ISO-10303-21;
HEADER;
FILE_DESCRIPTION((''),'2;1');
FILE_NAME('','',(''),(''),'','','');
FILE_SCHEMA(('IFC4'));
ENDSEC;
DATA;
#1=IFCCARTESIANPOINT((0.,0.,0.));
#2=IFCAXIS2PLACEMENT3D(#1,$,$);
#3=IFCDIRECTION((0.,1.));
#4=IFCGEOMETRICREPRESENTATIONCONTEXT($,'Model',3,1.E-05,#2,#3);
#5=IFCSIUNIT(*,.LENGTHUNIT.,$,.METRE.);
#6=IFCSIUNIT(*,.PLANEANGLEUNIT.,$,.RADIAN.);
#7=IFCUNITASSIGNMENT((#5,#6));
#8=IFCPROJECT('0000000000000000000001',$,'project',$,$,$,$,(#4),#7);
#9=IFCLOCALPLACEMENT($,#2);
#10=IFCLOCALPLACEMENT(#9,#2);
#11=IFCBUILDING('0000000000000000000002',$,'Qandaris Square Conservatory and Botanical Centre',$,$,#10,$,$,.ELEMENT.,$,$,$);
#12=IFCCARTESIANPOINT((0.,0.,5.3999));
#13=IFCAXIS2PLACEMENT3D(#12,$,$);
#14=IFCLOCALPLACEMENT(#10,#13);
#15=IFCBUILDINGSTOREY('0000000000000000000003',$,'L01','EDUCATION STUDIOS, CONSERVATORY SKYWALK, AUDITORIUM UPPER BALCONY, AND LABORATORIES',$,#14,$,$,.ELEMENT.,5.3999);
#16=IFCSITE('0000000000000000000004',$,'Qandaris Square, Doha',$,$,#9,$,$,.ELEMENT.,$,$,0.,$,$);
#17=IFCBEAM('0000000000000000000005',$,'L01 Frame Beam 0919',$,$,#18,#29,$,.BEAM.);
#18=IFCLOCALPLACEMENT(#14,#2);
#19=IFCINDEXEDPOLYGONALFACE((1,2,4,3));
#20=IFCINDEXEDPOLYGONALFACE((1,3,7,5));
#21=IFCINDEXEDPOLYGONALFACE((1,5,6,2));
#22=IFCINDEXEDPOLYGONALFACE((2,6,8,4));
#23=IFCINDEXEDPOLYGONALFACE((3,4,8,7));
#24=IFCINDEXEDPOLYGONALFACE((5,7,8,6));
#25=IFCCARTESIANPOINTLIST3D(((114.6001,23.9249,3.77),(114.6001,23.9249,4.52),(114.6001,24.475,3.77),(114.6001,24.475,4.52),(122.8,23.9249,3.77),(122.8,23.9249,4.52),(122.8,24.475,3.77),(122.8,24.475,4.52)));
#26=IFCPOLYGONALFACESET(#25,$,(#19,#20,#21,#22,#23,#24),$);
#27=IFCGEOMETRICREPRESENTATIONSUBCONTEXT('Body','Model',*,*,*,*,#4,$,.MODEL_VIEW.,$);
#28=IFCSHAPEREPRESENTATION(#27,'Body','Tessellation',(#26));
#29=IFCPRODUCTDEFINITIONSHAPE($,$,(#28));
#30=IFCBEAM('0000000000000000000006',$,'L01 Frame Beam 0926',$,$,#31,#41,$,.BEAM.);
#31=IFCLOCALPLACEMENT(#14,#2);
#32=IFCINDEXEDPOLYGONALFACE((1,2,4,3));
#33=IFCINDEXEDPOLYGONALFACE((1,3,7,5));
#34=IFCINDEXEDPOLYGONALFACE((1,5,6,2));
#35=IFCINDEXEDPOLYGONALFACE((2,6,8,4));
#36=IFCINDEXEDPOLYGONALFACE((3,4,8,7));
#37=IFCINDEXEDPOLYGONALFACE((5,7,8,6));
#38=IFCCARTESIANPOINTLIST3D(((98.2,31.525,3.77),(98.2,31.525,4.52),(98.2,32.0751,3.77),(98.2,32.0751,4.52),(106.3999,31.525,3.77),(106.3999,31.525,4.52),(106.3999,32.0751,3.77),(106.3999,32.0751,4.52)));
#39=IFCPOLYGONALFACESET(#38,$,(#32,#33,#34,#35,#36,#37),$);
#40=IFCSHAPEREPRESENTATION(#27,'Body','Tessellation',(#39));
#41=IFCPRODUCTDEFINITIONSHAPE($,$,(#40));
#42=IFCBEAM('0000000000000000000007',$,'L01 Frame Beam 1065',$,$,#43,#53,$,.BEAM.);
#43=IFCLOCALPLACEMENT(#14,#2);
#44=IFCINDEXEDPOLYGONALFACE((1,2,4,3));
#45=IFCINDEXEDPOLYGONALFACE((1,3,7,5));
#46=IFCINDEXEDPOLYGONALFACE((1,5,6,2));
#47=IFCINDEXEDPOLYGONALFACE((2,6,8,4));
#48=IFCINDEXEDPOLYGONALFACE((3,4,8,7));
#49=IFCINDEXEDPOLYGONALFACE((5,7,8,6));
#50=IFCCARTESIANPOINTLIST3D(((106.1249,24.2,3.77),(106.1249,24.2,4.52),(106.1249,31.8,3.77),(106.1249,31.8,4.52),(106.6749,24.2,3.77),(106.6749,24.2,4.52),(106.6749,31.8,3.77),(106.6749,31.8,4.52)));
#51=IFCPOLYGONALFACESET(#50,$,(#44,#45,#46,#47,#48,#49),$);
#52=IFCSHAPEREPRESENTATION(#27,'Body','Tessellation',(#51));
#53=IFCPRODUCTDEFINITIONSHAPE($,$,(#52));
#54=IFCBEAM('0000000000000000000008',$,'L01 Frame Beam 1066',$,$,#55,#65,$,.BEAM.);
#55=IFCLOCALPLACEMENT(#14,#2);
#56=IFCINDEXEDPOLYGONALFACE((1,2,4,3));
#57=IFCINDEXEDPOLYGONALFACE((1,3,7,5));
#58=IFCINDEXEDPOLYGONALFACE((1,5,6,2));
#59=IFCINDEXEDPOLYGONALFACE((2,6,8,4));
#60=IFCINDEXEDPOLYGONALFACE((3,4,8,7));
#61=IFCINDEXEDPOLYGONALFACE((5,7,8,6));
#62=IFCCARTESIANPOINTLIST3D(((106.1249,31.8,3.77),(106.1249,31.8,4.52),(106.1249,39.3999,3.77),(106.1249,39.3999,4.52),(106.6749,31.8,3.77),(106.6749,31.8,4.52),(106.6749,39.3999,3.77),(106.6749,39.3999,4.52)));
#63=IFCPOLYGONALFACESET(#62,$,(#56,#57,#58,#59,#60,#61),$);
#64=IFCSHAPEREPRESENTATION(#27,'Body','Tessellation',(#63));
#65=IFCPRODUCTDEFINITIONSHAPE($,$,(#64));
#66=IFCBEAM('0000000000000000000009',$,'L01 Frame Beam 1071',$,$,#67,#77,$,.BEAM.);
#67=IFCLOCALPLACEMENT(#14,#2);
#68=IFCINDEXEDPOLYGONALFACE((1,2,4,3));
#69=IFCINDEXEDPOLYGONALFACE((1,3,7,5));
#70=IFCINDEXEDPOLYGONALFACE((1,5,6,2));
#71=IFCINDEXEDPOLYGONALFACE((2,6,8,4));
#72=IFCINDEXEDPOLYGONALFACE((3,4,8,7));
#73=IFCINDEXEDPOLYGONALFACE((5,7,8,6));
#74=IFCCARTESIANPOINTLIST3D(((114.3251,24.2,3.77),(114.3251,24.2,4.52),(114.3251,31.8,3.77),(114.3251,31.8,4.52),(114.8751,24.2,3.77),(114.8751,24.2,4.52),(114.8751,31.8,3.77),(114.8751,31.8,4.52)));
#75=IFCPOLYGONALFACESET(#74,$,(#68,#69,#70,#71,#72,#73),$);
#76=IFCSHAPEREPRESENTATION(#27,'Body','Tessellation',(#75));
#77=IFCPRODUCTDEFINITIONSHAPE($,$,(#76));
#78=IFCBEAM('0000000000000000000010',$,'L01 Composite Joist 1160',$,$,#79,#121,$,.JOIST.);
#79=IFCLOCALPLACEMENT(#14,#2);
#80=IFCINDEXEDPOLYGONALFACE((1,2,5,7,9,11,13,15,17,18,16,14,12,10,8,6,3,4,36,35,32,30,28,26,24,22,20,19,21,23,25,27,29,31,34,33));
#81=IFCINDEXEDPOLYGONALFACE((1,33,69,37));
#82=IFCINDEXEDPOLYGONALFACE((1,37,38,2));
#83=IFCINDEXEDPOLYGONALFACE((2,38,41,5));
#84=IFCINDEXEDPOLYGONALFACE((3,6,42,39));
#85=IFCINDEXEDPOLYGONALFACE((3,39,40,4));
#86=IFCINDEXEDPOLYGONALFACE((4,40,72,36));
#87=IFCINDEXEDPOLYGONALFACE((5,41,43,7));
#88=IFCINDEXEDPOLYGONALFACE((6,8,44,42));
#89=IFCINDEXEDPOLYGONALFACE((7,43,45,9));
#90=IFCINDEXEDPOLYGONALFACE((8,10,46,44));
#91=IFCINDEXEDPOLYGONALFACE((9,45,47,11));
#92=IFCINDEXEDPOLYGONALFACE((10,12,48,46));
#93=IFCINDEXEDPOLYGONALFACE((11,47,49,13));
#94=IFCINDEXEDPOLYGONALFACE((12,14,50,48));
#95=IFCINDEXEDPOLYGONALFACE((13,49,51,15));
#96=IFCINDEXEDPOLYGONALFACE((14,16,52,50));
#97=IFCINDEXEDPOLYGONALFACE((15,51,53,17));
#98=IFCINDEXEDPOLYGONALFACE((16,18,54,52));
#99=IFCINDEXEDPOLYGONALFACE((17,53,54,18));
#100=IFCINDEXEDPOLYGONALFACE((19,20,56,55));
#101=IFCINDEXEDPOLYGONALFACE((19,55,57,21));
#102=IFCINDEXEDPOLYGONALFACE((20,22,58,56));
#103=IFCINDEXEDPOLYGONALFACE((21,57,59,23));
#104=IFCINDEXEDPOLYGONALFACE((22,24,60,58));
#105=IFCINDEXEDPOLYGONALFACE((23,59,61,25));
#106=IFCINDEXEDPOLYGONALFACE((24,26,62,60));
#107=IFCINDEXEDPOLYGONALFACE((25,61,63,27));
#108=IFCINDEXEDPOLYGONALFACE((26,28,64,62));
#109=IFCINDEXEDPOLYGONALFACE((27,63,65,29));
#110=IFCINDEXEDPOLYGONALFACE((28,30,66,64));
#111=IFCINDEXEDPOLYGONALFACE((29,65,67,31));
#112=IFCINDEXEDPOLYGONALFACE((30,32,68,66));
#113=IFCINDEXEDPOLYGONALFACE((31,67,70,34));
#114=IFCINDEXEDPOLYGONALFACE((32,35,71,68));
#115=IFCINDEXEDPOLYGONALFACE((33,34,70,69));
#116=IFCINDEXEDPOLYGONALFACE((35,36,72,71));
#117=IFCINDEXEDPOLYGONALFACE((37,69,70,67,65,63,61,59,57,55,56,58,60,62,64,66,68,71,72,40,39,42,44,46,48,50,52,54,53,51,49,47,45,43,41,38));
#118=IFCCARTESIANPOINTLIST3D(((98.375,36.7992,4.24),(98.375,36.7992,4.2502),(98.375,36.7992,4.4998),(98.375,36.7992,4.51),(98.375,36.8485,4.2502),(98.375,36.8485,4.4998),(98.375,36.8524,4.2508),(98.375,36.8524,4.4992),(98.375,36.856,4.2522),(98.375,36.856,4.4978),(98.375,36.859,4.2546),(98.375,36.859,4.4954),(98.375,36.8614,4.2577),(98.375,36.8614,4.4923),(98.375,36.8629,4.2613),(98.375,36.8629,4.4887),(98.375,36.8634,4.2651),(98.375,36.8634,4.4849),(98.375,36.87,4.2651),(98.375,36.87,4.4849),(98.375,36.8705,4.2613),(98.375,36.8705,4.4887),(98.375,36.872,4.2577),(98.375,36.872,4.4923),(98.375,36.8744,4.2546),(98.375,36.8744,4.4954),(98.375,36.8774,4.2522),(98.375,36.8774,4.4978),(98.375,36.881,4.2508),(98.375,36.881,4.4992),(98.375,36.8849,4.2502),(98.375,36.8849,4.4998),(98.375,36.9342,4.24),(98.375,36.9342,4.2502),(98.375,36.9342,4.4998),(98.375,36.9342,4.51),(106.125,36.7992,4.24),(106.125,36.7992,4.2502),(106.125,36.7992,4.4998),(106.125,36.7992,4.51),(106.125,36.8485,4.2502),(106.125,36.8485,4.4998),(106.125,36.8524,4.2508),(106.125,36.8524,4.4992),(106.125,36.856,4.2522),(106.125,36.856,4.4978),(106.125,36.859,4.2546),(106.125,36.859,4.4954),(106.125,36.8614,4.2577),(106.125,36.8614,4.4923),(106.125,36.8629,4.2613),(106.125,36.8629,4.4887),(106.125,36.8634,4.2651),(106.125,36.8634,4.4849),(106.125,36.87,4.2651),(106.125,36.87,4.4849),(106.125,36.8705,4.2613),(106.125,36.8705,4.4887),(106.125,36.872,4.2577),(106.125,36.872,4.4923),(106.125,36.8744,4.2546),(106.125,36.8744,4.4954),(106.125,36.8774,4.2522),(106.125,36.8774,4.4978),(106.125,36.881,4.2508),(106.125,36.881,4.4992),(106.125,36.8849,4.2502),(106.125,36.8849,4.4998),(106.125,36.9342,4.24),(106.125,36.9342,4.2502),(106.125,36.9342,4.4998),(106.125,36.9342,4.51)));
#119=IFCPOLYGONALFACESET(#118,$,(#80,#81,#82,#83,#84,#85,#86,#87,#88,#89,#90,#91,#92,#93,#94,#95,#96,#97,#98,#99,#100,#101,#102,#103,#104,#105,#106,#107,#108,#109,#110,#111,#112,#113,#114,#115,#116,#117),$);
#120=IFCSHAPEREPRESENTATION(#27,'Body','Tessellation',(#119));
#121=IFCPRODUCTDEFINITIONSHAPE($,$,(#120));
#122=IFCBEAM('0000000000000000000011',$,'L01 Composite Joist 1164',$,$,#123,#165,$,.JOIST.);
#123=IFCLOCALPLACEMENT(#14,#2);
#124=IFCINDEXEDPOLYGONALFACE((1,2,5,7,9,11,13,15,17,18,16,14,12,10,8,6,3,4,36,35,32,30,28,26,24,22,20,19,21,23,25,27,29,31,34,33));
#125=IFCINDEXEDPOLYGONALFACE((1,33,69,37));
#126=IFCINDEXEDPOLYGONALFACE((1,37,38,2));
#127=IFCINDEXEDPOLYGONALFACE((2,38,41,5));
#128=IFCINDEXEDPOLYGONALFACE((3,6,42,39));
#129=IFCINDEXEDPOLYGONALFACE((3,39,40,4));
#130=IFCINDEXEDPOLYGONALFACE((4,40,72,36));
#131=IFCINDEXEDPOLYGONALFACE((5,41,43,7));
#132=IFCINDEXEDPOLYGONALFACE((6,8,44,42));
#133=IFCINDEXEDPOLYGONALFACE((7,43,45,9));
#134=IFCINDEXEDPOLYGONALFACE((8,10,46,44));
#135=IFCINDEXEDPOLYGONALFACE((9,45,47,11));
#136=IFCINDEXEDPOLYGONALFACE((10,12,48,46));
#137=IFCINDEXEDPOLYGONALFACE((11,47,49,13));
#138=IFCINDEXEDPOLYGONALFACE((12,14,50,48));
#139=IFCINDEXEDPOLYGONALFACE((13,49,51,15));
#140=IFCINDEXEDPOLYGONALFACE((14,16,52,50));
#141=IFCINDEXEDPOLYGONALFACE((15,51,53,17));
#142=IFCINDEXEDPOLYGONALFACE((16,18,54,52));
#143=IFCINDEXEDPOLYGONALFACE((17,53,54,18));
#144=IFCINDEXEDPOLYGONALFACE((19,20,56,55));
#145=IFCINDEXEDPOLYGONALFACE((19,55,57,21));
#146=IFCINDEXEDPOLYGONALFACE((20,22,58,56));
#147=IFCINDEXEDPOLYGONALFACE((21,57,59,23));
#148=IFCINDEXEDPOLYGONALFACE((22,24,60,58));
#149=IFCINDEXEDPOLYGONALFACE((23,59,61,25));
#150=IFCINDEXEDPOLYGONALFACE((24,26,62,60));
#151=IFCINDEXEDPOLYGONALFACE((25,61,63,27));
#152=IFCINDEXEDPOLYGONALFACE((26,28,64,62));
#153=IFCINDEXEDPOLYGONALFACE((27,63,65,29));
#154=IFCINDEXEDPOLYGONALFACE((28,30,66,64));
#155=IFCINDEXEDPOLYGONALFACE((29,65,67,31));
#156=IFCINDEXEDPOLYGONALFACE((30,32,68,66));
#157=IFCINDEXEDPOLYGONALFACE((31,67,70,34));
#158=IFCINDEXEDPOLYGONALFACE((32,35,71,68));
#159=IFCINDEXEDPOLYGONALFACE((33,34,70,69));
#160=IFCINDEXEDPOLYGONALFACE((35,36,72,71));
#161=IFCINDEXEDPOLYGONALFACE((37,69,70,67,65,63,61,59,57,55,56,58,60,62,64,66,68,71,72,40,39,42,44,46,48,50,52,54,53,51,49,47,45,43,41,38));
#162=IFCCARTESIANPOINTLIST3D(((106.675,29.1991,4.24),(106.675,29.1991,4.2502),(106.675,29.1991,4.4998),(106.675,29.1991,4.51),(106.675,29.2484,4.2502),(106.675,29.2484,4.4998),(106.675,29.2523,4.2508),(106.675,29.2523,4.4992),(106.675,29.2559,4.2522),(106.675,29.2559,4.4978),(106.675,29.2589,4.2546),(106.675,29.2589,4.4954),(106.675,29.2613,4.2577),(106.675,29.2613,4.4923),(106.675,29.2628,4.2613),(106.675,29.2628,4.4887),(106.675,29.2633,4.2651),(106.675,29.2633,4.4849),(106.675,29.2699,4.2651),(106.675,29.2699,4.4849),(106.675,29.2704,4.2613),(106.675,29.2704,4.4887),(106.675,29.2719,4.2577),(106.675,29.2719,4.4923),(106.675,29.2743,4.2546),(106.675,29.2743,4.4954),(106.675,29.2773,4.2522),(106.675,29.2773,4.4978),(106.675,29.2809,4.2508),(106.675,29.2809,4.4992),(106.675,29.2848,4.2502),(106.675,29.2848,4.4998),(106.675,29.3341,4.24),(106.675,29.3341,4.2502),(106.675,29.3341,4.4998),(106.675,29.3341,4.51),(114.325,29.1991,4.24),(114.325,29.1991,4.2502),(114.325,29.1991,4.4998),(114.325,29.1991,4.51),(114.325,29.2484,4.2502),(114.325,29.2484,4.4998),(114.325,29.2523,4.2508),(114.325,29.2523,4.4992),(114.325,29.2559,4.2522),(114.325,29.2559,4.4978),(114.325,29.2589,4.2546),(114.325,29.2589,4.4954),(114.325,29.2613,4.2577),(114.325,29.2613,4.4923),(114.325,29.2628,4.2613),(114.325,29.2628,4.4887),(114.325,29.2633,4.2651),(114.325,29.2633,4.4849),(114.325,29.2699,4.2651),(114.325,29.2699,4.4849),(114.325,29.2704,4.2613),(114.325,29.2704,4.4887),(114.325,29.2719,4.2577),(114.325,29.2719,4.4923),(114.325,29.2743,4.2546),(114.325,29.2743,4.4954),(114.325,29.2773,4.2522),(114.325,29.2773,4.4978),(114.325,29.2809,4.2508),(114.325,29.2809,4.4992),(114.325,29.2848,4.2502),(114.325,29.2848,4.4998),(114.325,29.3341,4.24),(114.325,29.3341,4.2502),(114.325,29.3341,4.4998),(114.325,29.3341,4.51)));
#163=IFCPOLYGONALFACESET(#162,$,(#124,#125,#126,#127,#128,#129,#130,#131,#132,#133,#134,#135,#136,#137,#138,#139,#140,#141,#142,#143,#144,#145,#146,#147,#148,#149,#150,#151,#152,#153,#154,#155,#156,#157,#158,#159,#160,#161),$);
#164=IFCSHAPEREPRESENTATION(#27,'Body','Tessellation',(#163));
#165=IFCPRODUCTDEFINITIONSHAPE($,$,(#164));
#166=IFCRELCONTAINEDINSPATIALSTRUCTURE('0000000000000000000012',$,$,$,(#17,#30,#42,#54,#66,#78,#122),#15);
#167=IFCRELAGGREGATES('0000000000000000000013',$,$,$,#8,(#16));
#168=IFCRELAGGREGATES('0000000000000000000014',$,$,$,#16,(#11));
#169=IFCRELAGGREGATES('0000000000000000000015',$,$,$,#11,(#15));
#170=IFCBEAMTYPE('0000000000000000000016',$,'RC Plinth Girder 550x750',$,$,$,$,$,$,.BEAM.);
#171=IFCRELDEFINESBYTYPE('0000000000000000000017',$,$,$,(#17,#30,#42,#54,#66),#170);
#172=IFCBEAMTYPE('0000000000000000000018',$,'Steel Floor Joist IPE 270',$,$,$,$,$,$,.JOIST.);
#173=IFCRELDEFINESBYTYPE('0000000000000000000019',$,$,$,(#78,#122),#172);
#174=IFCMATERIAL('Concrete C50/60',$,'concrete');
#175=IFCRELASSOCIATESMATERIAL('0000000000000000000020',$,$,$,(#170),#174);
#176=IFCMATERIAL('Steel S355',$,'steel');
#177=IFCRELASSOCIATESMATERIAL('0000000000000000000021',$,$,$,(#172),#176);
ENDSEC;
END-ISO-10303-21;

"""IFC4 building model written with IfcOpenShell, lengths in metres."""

from ifc_helpers import new_model, si_unit, direction, frame, origin, origin_2d, place, context, subcontext, project, spatial, rectangle, i_section, extrude, material, material_profile, profile_set, type_object, element, save


model = new_model("IFC4")

# Units and contexts
model_context = context("Model", 3, precision=1e-05, world=origin(), true_north=direction((0.0, 1.0)))
body_context = subcontext(model_context, "Body", "Model", "MODEL_VIEW")
ifc_project = project(units=[si_unit("LENGTHUNIT", "METRE"), si_unit("PLANEANGLEUNIT", "RADIAN")], contexts=[model_context])

# Site, building, storey
site_placement = place(None, origin())
site = spatial("IfcSite", under=ifc_project, at=site_placement, Name="Qandaris Square, Doha", CompositionType="ELEMENT", RefElevation=0.0)
building_placement = place(site_placement, origin())
building = spatial("IfcBuilding", under=site, at=building_placement, Name="Qandaris Square Conservatory and Botanical Centre", CompositionType="ELEMENT")
storey_placement = place(building_placement, frame((0.0, 0.0, 5.3999)))
storey = spatial("IfcBuildingStorey", under=building, at=storey_placement, Name="L01", Description="EDUCATION STUDIOS, CONSERVATORY SKYWALK, AUDITORIUM UPPER BALCONY, AND LABORATORIES", CompositionType="ELEMENT", Elevation=5.3999)

# Shared definitions
ifc_material_1 = material(Name="Concrete C50/60", Category="concrete")

# Beams
ifc_material_2 = material(Name="Steel S355", Category="steel")
ifc_material_profile_1 = material_profile(ifc_material_1, rectangle(XDim=0.55, YDim=0.75, at=origin_2d()), Name="RC-BM 550x750")
ifc_profile_set_1 = profile_set([ifc_material_profile_1], Name="Concrete C50/60")
beam_type_1 = type_object("IfcBeamType", Name="RC Plinth Girder 550x750", PredefinedType="BEAM", material=ifc_profile_set_1)
for number, where, z_axis, x_axis, name in (
    (1, (114.6001, 24.2, 4.145), (1.0, 0.0, 0.0), (0.0, 1.0, 0.0), "L01 Frame Beam 0919"),
    (2, (98.2, 31.8, 4.145), (1.0, 0.0, 0.0), (0.0, 1.0, 0.0), "L01 Frame Beam 0926"),
):
    element("IfcBeam", number, at=place(storey_placement, frame(where, z_axis=z_axis, x_axis=x_axis)), inside=storey, type_object=beam_type_1, Name=name, PredefinedType="BEAM", context=body_context, shape_type="SweptSolid", body=[
        extrude(rectangle(XDim=0.55, YDim=0.75, at=origin_2d()), origin(), (0.0, 0.0, 1.0), 8.2),
    ])
beam_1_placement = place(storey_placement, frame((106.3999, 24.2, 4.145), z_axis=(0.0, 1.0, 0.0), x_axis=(-1.0, 0.0, 0.0)))
element("IfcBeam", 3, at=beam_1_placement, inside=storey, type_object=beam_type_1, Name="L01 Frame Beam 1065", PredefinedType="BEAM", context=body_context, shape_type="SweptSolid", body=[
    extrude(rectangle(XDim=0.55, YDim=0.75, at=origin_2d()), origin(), (0.0, 0.0, 1.0), 7.6001),
])
beam_2_placement = place(storey_placement, frame((106.3999, 31.8, 4.145), z_axis=(0.0, 1.0, 0.0), x_axis=(-1.0, 0.0, 0.0)))
element("IfcBeam", 4, at=beam_2_placement, inside=storey, type_object=beam_type_1, Name="L01 Frame Beam 1066", PredefinedType="BEAM", context=body_context, shape_type="SweptSolid", body=[
    extrude(rectangle(XDim=0.55, YDim=0.75, at=origin_2d()), origin(), (0.0, 0.0, 1.0), 7.5999),
])
beam_3_placement = place(storey_placement, frame((114.6001, 24.2, 4.145), z_axis=(0.0, 1.0, 0.0), x_axis=(-1.0, 0.0, 0.0)))
element("IfcBeam", 5, at=beam_3_placement, inside=storey, type_object=beam_type_1, Name="L01 Frame Beam 1071", PredefinedType="BEAM", context=body_context, shape_type="SweptSolid", body=[
    extrude(rectangle(XDim=0.55, YDim=0.75, at=origin_2d()), origin(), (0.0, 0.0, 1.0), 7.6001),
])
ifc_material_profile_2 = material_profile(ifc_material_2, i_section(OverallWidth=0.135, OverallDepth=0.27, WebThickness=0.0066, FlangeThickness=0.0103, FilletRadius=0.0149, at=origin_2d()), Name="IPE 270")
ifc_profile_set_2 = profile_set([ifc_material_profile_2], Name="Steel S355")
beam_type_2 = type_object("IfcBeamType", Name="Steel Floor Joist IPE 270", PredefinedType="JOIST", material=ifc_profile_set_2)
beam_4_placement = place(storey_placement, frame((98.375, 36.8667, 4.375), z_axis=(1.0, 0.0, 0.0), x_axis=(0.0, 1.0, 0.0)))
element("IfcBeam", 6, at=beam_4_placement, inside=storey, type_object=beam_type_2, Name="L01 Composite Joist 1160", PredefinedType="JOIST", context=body_context, shape_type="SweptSolid", body=[
    extrude(i_section(OverallWidth=0.135, OverallDepth=0.27, WebThickness=0.0066, FlangeThickness=0.0103, FilletRadius=0.0149, at=origin_2d()), origin(), (0.0, 0.0, 1.0), 7.75),
])
for number, where, z_axis, x_axis, name in (
    (7, (106.675, 29.2666, 4.375), (1.0, 0.0, 0.0), (0.0, 1.0, 0.0), "L01 Composite Joist 1164"),
):
    element("IfcBeam", number, at=place(storey_placement, frame(where, z_axis=z_axis, x_axis=x_axis)), inside=storey, type_object=beam_type_2, Name=name, PredefinedType="JOIST", context=body_context, shape_type="SweptSolid", body=[
        extrude(i_section(OverallWidth=0.135, OverallDepth=0.27, WebThickness=0.0066, FlangeThickness=0.0103, FilletRadius=0.0149, at=origin_2d()), origin(), (0.0, 0.0, 1.0), 7.6499),
    ])

save(model, "model.ifc")
